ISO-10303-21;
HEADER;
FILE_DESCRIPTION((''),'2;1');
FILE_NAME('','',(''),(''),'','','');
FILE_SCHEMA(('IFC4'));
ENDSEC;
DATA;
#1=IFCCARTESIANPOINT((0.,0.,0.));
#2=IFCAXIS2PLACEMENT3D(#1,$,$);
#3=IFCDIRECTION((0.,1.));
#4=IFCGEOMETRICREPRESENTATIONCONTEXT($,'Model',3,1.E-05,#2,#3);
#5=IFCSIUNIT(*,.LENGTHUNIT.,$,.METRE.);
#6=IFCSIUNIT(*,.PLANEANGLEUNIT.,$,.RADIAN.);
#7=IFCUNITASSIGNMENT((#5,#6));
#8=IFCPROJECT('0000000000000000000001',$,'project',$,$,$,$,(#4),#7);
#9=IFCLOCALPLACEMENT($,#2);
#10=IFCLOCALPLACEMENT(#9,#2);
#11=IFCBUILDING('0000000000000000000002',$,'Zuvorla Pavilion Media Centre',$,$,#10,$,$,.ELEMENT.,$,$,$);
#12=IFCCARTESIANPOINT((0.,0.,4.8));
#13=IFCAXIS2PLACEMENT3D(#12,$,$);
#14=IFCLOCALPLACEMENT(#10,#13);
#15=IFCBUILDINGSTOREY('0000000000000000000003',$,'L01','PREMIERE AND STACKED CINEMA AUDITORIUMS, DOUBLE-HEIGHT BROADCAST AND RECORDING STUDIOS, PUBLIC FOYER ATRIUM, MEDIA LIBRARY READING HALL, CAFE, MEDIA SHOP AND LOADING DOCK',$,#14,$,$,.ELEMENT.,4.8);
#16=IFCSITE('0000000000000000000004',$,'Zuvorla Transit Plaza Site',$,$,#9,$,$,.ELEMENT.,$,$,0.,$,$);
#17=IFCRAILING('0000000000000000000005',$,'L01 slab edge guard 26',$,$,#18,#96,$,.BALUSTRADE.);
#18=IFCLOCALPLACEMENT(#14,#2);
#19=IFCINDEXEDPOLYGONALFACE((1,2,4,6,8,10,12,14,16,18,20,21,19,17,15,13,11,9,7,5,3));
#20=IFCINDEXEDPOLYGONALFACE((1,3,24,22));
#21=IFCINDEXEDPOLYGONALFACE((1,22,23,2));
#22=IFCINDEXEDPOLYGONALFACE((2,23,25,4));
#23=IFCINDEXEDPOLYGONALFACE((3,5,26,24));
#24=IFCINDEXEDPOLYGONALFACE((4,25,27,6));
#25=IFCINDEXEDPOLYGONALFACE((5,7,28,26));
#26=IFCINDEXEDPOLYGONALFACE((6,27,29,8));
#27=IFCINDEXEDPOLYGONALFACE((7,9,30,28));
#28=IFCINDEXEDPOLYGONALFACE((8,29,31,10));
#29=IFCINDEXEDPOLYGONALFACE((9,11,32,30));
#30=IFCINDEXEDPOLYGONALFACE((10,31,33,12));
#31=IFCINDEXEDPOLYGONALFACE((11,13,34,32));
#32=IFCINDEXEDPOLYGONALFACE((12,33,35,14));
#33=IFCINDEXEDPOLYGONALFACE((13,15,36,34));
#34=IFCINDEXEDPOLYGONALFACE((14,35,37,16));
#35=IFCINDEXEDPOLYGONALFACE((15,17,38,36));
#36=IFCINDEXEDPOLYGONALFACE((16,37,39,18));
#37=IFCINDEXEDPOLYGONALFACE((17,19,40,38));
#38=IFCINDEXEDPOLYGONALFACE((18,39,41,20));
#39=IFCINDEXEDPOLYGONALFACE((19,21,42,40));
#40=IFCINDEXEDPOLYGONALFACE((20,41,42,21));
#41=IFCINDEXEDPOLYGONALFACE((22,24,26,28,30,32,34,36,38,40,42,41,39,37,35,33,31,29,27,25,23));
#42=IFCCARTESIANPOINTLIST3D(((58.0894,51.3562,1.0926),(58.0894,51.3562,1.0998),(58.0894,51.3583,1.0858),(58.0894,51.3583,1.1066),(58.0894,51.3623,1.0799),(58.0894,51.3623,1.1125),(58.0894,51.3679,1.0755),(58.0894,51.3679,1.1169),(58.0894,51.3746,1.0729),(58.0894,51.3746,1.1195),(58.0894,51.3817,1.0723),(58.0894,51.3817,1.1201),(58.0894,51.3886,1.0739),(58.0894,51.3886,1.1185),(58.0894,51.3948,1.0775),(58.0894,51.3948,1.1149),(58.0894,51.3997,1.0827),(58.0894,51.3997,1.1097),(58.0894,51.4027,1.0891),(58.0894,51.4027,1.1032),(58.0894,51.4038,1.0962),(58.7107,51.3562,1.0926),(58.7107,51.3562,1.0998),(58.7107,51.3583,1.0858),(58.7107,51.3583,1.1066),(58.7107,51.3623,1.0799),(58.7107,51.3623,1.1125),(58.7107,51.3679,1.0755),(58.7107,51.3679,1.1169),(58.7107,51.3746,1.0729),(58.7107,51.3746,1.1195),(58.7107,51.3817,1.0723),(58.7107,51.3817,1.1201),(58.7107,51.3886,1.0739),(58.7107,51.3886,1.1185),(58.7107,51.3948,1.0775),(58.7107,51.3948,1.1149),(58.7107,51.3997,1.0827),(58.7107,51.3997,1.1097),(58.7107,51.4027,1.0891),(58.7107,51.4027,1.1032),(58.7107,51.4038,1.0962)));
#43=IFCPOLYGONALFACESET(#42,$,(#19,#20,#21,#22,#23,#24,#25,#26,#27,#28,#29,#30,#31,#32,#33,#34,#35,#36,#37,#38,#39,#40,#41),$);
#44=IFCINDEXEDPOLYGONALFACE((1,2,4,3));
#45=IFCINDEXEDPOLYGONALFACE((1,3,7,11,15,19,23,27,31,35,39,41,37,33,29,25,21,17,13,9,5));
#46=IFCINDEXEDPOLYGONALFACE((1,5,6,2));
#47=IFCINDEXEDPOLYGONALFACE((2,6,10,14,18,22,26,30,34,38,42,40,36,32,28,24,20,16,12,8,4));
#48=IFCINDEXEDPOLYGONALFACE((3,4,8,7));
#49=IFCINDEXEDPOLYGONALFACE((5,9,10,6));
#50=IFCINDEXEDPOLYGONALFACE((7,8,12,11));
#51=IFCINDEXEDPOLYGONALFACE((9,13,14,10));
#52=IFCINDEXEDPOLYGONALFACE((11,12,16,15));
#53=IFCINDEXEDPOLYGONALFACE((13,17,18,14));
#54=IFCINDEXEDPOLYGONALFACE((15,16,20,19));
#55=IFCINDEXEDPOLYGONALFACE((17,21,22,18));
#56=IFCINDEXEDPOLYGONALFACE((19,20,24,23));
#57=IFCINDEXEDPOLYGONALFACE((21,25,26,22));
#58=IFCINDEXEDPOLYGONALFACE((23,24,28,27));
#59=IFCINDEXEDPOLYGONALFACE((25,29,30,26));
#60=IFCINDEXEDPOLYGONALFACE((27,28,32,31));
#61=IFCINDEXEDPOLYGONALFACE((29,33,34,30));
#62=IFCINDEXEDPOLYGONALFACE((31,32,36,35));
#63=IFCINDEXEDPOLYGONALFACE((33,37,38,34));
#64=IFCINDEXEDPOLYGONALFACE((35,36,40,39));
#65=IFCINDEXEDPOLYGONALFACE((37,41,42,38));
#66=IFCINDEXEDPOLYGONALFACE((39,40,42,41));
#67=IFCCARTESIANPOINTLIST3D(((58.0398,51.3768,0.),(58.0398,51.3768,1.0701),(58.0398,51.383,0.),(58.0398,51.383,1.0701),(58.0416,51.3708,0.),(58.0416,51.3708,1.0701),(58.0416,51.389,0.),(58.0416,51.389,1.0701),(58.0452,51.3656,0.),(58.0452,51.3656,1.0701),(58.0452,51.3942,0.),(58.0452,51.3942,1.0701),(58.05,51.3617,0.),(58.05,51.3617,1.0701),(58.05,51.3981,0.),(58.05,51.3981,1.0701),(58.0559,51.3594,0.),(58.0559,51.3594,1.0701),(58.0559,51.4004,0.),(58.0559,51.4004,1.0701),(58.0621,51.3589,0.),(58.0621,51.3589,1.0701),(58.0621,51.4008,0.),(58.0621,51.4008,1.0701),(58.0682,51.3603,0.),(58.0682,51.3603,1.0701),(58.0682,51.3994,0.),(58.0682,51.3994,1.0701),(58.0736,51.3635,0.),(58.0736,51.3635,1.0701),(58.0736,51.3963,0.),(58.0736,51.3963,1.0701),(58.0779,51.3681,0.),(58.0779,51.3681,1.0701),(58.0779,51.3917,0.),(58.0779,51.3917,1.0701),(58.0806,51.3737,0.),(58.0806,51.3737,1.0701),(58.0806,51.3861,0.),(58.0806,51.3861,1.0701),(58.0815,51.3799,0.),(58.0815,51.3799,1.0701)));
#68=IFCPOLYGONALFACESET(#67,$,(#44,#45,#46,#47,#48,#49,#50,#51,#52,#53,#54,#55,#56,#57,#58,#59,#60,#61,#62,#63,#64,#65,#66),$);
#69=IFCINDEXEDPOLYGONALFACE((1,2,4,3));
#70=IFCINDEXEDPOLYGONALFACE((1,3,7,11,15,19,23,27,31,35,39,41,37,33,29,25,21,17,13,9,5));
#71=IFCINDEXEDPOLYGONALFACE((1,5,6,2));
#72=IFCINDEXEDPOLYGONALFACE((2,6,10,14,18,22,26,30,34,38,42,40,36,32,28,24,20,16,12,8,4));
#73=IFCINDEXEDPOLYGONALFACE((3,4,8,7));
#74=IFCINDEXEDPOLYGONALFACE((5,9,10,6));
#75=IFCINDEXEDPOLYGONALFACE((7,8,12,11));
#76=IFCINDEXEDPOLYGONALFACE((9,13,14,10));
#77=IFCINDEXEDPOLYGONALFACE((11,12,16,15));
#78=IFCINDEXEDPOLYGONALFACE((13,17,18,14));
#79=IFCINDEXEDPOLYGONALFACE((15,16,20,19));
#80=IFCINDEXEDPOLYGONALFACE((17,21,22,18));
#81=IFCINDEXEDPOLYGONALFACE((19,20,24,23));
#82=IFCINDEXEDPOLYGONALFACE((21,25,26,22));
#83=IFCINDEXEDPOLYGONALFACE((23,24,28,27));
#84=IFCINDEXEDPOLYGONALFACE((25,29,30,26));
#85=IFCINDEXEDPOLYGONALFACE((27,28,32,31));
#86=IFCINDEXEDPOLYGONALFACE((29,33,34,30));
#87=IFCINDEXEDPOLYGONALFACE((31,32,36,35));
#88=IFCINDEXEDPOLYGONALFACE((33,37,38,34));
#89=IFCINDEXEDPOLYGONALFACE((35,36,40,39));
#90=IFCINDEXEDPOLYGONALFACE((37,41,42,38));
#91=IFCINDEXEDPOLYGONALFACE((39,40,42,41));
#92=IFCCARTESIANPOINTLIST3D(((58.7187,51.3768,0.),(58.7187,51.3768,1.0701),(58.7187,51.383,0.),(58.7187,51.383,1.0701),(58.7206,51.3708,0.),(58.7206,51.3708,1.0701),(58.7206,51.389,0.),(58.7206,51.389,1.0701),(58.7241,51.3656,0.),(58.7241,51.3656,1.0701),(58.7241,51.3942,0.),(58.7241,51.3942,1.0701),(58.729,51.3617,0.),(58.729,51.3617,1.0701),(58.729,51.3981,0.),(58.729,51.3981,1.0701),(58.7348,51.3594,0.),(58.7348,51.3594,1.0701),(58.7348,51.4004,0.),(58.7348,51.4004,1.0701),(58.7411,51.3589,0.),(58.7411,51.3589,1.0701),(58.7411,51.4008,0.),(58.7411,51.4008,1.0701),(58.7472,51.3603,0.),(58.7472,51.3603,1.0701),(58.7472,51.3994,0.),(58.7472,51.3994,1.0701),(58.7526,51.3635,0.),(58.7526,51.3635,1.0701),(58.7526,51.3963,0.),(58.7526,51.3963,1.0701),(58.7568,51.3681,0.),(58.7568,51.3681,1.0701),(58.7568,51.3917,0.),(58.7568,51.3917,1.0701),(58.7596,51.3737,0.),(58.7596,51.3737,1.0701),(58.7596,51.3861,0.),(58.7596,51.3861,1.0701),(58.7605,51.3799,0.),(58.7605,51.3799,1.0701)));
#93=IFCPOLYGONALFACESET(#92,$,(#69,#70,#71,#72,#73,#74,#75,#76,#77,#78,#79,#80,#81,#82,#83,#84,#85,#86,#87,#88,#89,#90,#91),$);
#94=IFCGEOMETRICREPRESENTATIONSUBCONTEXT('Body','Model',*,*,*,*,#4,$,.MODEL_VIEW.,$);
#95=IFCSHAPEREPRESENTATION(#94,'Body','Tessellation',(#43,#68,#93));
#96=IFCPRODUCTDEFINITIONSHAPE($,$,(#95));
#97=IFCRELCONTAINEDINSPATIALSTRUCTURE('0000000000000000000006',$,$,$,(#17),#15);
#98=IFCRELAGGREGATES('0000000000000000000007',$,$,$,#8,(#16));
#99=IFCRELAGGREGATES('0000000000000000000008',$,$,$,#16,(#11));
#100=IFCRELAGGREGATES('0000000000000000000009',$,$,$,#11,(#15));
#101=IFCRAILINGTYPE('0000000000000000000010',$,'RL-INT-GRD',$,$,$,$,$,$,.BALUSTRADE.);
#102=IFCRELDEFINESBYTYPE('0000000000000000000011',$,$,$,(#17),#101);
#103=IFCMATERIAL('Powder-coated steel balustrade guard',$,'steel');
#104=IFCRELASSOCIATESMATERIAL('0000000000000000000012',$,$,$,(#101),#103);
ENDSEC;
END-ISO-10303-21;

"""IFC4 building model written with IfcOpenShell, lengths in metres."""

from ifc_helpers import new_model, si_unit, direction, frame, origin, origin_2d, place, context, subcontext, project, spatial, circle, extrude, material, type_object, element, save


model = new_model("IFC4")

# Units and contexts
model_context = context("Model", 3, precision=1e-05, world=origin(), true_north=direction((0.0, 1.0)))
body_context = subcontext(model_context, "Body", "Model", "MODEL_VIEW")
ifc_project = project(units=[si_unit("LENGTHUNIT", "METRE"), si_unit("PLANEANGLEUNIT", "RADIAN")], contexts=[model_context])

# Site, building, storey
site_placement = place(None, origin())
site = spatial("IfcSite", under=ifc_project, at=site_placement, Name="Zuvorla Transit Plaza Site", CompositionType="ELEMENT", RefElevation=0.0)
building_placement = place(site_placement, origin())
building = spatial("IfcBuilding", under=site, at=building_placement, Name="Zuvorla Pavilion Media Centre", CompositionType="ELEMENT")
storey_placement = place(building_placement, frame((0.0, 0.0, 4.8)))
storey = spatial("IfcBuildingStorey", under=building, at=storey_placement, Name="L01", Description="PREMIERE AND STACKED CINEMA AUDITORIUMS, DOUBLE-HEIGHT BROADCAST AND RECORDING STUDIOS, PUBLIC FOYER ATRIUM, MEDIA LIBRARY READING HALL, CAFE, MEDIA SHOP AND LOADING DOCK", CompositionType="ELEMENT", Elevation=4.8)

# Railing
ifc_material_1 = material(Name="Powder-coated steel balustrade guard", Category="steel")
railing_type = type_object("IfcRailingType", Name="RL-INT-GRD", PredefinedType="BALUSTRADE", material=ifc_material_1)
railing_1_placement = place(storey_placement, frame((58.0605, 51.3799, 0.0)))
element("IfcRailing", 1, at=railing_1_placement, inside=storey, type_object=railing_type, Name="L01 slab edge guard 26", PredefinedType="BALUSTRADE", context=body_context, shape_type="SweptSolid", body=[
    extrude(circle(Radius=0.0239, at=origin_2d()), frame((0.0288, 0.0, 1.0962), z_axis=(1.0, 0.0, 0.0), x_axis=(0.0, 1.0, 0.0)), (0.0, 0.0, 1.0), 0.6213),
    extrude(circle(Radius=0.021, at=origin_2d()), origin(), (0.0, 0.0, 1.0), 1.0701),
    extrude(circle(Radius=0.021, at=origin_2d()), frame((0.679, 0.0, 0.0)), (0.0, 0.0, 1.0), 1.0701),
])

save(model, "model.ifc")
